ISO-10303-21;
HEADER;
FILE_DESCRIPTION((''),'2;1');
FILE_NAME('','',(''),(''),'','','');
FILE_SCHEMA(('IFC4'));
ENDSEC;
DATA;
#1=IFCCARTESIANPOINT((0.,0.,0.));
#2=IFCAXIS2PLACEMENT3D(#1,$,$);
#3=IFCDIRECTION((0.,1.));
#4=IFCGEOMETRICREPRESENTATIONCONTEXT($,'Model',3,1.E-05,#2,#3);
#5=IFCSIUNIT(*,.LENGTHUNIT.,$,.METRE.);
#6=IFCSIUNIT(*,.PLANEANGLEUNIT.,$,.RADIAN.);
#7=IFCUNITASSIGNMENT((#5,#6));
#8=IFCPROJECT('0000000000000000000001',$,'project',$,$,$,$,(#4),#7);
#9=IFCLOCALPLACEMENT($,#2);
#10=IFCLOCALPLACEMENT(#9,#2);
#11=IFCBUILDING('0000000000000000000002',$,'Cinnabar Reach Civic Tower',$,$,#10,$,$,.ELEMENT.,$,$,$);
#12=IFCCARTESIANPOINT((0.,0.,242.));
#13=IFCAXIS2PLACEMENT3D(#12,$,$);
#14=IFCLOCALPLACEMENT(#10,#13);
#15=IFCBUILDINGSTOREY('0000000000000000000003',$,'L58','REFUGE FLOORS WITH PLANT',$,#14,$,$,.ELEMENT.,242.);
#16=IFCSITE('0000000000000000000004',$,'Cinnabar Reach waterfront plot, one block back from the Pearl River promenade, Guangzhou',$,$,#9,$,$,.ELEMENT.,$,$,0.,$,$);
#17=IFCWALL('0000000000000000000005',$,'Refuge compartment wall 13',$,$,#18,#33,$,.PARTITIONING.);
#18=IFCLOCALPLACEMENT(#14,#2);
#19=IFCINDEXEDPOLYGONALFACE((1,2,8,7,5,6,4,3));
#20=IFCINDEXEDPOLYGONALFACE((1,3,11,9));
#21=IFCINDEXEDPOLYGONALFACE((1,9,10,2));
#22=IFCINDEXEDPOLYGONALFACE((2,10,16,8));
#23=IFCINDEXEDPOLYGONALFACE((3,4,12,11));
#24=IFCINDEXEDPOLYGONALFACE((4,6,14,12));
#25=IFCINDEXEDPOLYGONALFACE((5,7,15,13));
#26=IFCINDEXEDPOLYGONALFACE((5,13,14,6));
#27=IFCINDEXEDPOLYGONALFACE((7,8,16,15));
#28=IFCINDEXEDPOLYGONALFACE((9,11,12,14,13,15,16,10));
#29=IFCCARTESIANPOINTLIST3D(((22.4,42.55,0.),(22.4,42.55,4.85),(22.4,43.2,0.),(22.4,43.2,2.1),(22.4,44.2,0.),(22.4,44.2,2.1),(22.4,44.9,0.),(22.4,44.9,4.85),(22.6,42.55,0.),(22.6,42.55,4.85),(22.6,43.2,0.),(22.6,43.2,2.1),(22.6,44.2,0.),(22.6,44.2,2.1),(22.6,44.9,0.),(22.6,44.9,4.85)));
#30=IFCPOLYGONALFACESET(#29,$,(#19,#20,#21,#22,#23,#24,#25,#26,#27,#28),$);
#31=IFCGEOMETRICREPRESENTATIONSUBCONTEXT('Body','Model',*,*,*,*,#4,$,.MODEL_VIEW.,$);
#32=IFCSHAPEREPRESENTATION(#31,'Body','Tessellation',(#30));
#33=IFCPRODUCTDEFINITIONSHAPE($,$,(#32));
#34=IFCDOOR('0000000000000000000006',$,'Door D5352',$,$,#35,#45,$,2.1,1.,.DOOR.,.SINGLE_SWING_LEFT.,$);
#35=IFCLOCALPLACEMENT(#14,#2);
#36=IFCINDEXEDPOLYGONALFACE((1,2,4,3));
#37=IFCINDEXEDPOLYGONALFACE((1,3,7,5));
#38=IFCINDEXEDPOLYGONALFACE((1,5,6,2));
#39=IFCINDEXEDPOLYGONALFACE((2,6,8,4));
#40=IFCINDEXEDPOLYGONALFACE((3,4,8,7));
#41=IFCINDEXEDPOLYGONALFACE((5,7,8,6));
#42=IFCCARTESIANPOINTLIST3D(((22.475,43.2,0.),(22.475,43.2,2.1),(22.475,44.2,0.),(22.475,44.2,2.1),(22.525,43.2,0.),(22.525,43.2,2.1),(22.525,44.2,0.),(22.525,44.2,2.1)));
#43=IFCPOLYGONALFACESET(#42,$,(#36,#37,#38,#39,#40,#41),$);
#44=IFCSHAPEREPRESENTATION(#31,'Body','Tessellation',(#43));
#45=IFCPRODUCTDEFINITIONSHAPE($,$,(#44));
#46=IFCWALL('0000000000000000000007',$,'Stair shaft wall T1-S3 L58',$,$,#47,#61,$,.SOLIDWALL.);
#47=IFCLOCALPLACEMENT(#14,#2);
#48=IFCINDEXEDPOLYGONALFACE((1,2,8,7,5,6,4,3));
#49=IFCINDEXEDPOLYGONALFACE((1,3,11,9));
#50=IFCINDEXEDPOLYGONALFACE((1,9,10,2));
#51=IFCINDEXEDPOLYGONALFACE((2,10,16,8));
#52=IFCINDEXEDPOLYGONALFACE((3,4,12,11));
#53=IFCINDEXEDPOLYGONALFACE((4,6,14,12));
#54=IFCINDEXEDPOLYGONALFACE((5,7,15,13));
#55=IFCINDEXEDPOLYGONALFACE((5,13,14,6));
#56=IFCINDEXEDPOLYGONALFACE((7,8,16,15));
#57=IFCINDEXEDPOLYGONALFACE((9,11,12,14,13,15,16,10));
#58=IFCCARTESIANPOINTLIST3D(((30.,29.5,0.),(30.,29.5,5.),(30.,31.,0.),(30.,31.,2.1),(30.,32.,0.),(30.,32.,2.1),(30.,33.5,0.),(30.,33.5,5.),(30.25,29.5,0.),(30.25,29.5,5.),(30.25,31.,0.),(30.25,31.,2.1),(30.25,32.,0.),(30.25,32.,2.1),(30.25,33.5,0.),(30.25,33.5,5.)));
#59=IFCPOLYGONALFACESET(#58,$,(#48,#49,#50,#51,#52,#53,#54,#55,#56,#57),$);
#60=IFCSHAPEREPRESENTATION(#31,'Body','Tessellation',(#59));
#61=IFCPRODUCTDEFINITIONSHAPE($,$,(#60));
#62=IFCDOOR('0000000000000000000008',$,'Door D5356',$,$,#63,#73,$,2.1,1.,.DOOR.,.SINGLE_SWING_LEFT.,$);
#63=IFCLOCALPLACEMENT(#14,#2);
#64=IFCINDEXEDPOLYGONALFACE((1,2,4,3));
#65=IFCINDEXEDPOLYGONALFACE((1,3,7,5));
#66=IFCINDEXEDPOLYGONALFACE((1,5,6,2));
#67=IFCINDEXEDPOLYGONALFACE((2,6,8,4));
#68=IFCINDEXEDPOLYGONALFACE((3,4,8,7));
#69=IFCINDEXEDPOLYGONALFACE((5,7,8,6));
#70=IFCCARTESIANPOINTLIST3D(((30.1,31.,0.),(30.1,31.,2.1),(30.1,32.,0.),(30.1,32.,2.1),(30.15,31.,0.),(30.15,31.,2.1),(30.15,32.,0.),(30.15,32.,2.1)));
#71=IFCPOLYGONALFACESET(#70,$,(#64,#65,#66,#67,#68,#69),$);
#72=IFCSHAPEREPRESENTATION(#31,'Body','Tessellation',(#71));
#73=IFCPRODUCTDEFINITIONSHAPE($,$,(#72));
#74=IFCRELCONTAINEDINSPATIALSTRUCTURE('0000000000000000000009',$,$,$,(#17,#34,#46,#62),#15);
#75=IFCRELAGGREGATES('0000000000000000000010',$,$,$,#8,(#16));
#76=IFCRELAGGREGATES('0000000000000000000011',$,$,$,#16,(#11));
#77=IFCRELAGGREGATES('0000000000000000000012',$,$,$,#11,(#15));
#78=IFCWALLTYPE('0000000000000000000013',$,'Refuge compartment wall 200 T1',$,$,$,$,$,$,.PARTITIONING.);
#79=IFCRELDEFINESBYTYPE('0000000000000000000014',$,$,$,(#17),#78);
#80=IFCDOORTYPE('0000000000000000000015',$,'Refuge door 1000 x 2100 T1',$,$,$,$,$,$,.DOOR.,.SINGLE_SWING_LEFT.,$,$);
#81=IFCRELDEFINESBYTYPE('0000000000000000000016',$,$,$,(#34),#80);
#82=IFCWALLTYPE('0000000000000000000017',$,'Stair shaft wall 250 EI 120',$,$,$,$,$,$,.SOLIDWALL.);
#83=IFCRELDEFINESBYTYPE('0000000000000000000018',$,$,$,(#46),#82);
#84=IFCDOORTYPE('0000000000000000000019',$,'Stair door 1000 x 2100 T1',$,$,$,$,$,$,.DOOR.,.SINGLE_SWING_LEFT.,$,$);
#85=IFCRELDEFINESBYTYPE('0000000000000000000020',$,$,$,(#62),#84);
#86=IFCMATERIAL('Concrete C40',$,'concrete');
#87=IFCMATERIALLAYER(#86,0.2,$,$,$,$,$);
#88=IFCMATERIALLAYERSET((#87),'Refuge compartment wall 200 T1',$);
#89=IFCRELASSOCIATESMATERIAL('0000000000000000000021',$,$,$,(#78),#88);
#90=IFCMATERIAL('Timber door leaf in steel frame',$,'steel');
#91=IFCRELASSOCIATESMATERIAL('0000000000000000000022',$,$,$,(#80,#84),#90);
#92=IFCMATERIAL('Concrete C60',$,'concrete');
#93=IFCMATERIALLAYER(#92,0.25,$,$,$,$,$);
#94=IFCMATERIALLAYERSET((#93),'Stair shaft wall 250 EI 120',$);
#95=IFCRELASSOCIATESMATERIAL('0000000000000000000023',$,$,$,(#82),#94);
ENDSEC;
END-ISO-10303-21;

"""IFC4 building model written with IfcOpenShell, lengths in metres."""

from ifc_helpers import new_model, si_unit, direction, frame, frame_2d, origin, place, context, subcontext, project, spatial, rectangle, extrude, material, layer, layer_set, type_object, element, fill, save


model = new_model("IFC4")

# Units and contexts
model_context = context("Model", 3, precision=1e-05, world=origin(), true_north=direction((0.0, 1.0)))
body_context = subcontext(model_context, "Body", "Model", "MODEL_VIEW")
ifc_project = project(units=[si_unit("LENGTHUNIT", "METRE"), si_unit("PLANEANGLEUNIT", "RADIAN")], contexts=[model_context])

# Site, building, storey
site_placement = place(None, origin())
site = spatial("IfcSite", under=ifc_project, at=site_placement, Name="Cinnabar Reach waterfront plot, one block back from the Pearl River promenade, Guangzhou", CompositionType="ELEMENT", RefElevation=0.0)
building_placement = place(site_placement, origin())
building = spatial("IfcBuilding", under=site, at=building_placement, Name="Cinnabar Reach Civic Tower", CompositionType="ELEMENT")
storey_placement = place(building_placement, frame((0.0, 0.0, 242.0)))
storey = spatial("IfcBuildingStorey", under=building, at=storey_placement, Name="L58", Description="REFUGE FLOORS WITH PLANT", CompositionType="ELEMENT", Elevation=242.0)

# Shared definitions
ifc_material_1 = material(Name="Concrete C60", Category="concrete")

# Shared definitions
ifc_material_2 = material(Name="Concrete C40", Category="concrete")
ifc_layer_1 = layer(ifc_material_2, 0.2)
ifc_layer_set_1 = layer_set([ifc_layer_1], Name="Refuge compartment wall 200 T1")
wall_type_1 = type_object("IfcWallType", Name="Refuge compartment wall 200 T1", PredefinedType="PARTITIONING", material=ifc_layer_set_1)

# Walls, openings, doors
wall_1_placement = place(storey_placement, frame((22.5, 42.55, 0.0), z_axis=(0.0, 0.0, 1.0), x_axis=(0.0, 1.0, 0.0)))
wall_1 = element("IfcWall", 1, at=wall_1_placement, inside=storey, type_object=wall_type_1, Name="Refuge compartment wall 13", PredefinedType="PARTITIONING", context=body_context, shape_type="SweptSolid", body=[
    extrude(rectangle(XDim=2.35, YDim=0.2, at=frame_2d((1.175, 0.0))), origin(), (0.0, 0.0, 1.0), 4.85),
])
opening_1_placement = place(wall_1_placement, frame((0.65, 0.0, 0.0)))
opening_1 = element("IfcOpeningElement", 2, at=opening_1_placement, cuts=wall_1, PredefinedType="OPENING", context=body_context, shape_type="SweptSolid", body=[
    extrude(rectangle(XDim=1.0, YDim=2.1, at=frame_2d((0.5, 1.05))), frame((0.0, 0.11, 0.0), z_axis=(0.0, -1.0, 0.0), x_axis=(1.0, 0.0, 0.0)), (0.0, 0.0, 1.0), 0.22),
])
ifc_material_3 = material(Name="Timber door leaf in steel frame", Category="steel")
door_type_1 = type_object("IfcDoorType", Name="Refuge door 1000 x 2100 T1", OperationType="SINGLE_SWING_LEFT", PredefinedType="DOOR", material=ifc_material_3)
door_1_placement = place(opening_1_placement, frame((1.0, 0.0, 0.0), z_axis=(0.0, 0.0, 1.0), x_axis=(-1.0, 0.0, 0.0)))
door_1 = element("IfcDoor", 3, at=door_1_placement, inside=storey, type_object=door_type_1, Name="Door D5352", OperationType="SINGLE_SWING_LEFT", OverallHeight=2.1, OverallWidth=1.0, PredefinedType="DOOR", context=body_context, shape_type="SweptSolid", body=[
    extrude(rectangle(XDim=1.0, YDim=2.1, at=frame_2d((0.5, 1.05))), frame((0.0, 0.025, 0.0), z_axis=(0.0, -1.0, 0.0), x_axis=(1.0, 0.0, 0.0)), (0.0, 0.0, 1.0), 0.05),
])
fill(opening_1, door_1)
ifc_layer_2 = layer(ifc_material_1, 0.25)
ifc_layer_set_2 = layer_set([ifc_layer_2], Name="Stair shaft wall 250 EI 120")
wall_type_2 = type_object("IfcWallType", Name="Stair shaft wall 250 EI 120", PredefinedType="SOLIDWALL", material=ifc_layer_set_2)
wall_2_placement = place(storey_placement, frame((30.125, 33.5, 0.0), z_axis=(0.0, 0.0, 1.0), x_axis=(0.0, -1.0, 0.0)))
wall_2 = element("IfcWall", 4, at=wall_2_placement, inside=storey, type_object=wall_type_2, Name="Stair shaft wall T1-S3 L58", PredefinedType="SOLIDWALL", context=body_context, shape_type="SweptSolid", body=[
    extrude(rectangle(XDim=4.0, YDim=0.25, at=frame_2d((2.0, 0.0))), origin(), (0.0, 0.0, 1.0), 5.0),
])
opening_2_placement = place(wall_2_placement, frame((1.5, 0.0, 0.0)))
opening_2 = element("IfcOpeningElement", 5, at=opening_2_placement, cuts=wall_2, PredefinedType="OPENING", context=body_context, shape_type="SweptSolid", body=[
    extrude(rectangle(XDim=1.0, YDim=2.1, at=frame_2d((0.5, 1.05))), frame((0.0, 0.135, 0.0), z_axis=(0.0, -1.0, 0.0), x_axis=(1.0, 0.0, 0.0)), (0.0, 0.0, 1.0), 0.27),
])
door_type_2 = type_object("IfcDoorType", Name="Stair door 1000 x 2100 T1", OperationType="SINGLE_SWING_LEFT", PredefinedType="DOOR", material=ifc_material_3)
door_2_placement = place(opening_2_placement, origin())
door_2 = element("IfcDoor", 6, at=door_2_placement, inside=storey, type_object=door_type_2, Name="Door D5356", OperationType="SINGLE_SWING_LEFT", OverallHeight=2.1, OverallWidth=1.0, PredefinedType="DOOR", context=body_context, shape_type="SweptSolid", body=[
    extrude(rectangle(XDim=1.0, YDim=2.1, at=frame_2d((0.5, 1.05))), frame((0.0, 0.025, 0.0), z_axis=(0.0, -1.0, 0.0), x_axis=(1.0, 0.0, 0.0)), (0.0, 0.0, 1.0), 0.05),
])
fill(opening_2, door_2)

save(model, "model.ifc")
